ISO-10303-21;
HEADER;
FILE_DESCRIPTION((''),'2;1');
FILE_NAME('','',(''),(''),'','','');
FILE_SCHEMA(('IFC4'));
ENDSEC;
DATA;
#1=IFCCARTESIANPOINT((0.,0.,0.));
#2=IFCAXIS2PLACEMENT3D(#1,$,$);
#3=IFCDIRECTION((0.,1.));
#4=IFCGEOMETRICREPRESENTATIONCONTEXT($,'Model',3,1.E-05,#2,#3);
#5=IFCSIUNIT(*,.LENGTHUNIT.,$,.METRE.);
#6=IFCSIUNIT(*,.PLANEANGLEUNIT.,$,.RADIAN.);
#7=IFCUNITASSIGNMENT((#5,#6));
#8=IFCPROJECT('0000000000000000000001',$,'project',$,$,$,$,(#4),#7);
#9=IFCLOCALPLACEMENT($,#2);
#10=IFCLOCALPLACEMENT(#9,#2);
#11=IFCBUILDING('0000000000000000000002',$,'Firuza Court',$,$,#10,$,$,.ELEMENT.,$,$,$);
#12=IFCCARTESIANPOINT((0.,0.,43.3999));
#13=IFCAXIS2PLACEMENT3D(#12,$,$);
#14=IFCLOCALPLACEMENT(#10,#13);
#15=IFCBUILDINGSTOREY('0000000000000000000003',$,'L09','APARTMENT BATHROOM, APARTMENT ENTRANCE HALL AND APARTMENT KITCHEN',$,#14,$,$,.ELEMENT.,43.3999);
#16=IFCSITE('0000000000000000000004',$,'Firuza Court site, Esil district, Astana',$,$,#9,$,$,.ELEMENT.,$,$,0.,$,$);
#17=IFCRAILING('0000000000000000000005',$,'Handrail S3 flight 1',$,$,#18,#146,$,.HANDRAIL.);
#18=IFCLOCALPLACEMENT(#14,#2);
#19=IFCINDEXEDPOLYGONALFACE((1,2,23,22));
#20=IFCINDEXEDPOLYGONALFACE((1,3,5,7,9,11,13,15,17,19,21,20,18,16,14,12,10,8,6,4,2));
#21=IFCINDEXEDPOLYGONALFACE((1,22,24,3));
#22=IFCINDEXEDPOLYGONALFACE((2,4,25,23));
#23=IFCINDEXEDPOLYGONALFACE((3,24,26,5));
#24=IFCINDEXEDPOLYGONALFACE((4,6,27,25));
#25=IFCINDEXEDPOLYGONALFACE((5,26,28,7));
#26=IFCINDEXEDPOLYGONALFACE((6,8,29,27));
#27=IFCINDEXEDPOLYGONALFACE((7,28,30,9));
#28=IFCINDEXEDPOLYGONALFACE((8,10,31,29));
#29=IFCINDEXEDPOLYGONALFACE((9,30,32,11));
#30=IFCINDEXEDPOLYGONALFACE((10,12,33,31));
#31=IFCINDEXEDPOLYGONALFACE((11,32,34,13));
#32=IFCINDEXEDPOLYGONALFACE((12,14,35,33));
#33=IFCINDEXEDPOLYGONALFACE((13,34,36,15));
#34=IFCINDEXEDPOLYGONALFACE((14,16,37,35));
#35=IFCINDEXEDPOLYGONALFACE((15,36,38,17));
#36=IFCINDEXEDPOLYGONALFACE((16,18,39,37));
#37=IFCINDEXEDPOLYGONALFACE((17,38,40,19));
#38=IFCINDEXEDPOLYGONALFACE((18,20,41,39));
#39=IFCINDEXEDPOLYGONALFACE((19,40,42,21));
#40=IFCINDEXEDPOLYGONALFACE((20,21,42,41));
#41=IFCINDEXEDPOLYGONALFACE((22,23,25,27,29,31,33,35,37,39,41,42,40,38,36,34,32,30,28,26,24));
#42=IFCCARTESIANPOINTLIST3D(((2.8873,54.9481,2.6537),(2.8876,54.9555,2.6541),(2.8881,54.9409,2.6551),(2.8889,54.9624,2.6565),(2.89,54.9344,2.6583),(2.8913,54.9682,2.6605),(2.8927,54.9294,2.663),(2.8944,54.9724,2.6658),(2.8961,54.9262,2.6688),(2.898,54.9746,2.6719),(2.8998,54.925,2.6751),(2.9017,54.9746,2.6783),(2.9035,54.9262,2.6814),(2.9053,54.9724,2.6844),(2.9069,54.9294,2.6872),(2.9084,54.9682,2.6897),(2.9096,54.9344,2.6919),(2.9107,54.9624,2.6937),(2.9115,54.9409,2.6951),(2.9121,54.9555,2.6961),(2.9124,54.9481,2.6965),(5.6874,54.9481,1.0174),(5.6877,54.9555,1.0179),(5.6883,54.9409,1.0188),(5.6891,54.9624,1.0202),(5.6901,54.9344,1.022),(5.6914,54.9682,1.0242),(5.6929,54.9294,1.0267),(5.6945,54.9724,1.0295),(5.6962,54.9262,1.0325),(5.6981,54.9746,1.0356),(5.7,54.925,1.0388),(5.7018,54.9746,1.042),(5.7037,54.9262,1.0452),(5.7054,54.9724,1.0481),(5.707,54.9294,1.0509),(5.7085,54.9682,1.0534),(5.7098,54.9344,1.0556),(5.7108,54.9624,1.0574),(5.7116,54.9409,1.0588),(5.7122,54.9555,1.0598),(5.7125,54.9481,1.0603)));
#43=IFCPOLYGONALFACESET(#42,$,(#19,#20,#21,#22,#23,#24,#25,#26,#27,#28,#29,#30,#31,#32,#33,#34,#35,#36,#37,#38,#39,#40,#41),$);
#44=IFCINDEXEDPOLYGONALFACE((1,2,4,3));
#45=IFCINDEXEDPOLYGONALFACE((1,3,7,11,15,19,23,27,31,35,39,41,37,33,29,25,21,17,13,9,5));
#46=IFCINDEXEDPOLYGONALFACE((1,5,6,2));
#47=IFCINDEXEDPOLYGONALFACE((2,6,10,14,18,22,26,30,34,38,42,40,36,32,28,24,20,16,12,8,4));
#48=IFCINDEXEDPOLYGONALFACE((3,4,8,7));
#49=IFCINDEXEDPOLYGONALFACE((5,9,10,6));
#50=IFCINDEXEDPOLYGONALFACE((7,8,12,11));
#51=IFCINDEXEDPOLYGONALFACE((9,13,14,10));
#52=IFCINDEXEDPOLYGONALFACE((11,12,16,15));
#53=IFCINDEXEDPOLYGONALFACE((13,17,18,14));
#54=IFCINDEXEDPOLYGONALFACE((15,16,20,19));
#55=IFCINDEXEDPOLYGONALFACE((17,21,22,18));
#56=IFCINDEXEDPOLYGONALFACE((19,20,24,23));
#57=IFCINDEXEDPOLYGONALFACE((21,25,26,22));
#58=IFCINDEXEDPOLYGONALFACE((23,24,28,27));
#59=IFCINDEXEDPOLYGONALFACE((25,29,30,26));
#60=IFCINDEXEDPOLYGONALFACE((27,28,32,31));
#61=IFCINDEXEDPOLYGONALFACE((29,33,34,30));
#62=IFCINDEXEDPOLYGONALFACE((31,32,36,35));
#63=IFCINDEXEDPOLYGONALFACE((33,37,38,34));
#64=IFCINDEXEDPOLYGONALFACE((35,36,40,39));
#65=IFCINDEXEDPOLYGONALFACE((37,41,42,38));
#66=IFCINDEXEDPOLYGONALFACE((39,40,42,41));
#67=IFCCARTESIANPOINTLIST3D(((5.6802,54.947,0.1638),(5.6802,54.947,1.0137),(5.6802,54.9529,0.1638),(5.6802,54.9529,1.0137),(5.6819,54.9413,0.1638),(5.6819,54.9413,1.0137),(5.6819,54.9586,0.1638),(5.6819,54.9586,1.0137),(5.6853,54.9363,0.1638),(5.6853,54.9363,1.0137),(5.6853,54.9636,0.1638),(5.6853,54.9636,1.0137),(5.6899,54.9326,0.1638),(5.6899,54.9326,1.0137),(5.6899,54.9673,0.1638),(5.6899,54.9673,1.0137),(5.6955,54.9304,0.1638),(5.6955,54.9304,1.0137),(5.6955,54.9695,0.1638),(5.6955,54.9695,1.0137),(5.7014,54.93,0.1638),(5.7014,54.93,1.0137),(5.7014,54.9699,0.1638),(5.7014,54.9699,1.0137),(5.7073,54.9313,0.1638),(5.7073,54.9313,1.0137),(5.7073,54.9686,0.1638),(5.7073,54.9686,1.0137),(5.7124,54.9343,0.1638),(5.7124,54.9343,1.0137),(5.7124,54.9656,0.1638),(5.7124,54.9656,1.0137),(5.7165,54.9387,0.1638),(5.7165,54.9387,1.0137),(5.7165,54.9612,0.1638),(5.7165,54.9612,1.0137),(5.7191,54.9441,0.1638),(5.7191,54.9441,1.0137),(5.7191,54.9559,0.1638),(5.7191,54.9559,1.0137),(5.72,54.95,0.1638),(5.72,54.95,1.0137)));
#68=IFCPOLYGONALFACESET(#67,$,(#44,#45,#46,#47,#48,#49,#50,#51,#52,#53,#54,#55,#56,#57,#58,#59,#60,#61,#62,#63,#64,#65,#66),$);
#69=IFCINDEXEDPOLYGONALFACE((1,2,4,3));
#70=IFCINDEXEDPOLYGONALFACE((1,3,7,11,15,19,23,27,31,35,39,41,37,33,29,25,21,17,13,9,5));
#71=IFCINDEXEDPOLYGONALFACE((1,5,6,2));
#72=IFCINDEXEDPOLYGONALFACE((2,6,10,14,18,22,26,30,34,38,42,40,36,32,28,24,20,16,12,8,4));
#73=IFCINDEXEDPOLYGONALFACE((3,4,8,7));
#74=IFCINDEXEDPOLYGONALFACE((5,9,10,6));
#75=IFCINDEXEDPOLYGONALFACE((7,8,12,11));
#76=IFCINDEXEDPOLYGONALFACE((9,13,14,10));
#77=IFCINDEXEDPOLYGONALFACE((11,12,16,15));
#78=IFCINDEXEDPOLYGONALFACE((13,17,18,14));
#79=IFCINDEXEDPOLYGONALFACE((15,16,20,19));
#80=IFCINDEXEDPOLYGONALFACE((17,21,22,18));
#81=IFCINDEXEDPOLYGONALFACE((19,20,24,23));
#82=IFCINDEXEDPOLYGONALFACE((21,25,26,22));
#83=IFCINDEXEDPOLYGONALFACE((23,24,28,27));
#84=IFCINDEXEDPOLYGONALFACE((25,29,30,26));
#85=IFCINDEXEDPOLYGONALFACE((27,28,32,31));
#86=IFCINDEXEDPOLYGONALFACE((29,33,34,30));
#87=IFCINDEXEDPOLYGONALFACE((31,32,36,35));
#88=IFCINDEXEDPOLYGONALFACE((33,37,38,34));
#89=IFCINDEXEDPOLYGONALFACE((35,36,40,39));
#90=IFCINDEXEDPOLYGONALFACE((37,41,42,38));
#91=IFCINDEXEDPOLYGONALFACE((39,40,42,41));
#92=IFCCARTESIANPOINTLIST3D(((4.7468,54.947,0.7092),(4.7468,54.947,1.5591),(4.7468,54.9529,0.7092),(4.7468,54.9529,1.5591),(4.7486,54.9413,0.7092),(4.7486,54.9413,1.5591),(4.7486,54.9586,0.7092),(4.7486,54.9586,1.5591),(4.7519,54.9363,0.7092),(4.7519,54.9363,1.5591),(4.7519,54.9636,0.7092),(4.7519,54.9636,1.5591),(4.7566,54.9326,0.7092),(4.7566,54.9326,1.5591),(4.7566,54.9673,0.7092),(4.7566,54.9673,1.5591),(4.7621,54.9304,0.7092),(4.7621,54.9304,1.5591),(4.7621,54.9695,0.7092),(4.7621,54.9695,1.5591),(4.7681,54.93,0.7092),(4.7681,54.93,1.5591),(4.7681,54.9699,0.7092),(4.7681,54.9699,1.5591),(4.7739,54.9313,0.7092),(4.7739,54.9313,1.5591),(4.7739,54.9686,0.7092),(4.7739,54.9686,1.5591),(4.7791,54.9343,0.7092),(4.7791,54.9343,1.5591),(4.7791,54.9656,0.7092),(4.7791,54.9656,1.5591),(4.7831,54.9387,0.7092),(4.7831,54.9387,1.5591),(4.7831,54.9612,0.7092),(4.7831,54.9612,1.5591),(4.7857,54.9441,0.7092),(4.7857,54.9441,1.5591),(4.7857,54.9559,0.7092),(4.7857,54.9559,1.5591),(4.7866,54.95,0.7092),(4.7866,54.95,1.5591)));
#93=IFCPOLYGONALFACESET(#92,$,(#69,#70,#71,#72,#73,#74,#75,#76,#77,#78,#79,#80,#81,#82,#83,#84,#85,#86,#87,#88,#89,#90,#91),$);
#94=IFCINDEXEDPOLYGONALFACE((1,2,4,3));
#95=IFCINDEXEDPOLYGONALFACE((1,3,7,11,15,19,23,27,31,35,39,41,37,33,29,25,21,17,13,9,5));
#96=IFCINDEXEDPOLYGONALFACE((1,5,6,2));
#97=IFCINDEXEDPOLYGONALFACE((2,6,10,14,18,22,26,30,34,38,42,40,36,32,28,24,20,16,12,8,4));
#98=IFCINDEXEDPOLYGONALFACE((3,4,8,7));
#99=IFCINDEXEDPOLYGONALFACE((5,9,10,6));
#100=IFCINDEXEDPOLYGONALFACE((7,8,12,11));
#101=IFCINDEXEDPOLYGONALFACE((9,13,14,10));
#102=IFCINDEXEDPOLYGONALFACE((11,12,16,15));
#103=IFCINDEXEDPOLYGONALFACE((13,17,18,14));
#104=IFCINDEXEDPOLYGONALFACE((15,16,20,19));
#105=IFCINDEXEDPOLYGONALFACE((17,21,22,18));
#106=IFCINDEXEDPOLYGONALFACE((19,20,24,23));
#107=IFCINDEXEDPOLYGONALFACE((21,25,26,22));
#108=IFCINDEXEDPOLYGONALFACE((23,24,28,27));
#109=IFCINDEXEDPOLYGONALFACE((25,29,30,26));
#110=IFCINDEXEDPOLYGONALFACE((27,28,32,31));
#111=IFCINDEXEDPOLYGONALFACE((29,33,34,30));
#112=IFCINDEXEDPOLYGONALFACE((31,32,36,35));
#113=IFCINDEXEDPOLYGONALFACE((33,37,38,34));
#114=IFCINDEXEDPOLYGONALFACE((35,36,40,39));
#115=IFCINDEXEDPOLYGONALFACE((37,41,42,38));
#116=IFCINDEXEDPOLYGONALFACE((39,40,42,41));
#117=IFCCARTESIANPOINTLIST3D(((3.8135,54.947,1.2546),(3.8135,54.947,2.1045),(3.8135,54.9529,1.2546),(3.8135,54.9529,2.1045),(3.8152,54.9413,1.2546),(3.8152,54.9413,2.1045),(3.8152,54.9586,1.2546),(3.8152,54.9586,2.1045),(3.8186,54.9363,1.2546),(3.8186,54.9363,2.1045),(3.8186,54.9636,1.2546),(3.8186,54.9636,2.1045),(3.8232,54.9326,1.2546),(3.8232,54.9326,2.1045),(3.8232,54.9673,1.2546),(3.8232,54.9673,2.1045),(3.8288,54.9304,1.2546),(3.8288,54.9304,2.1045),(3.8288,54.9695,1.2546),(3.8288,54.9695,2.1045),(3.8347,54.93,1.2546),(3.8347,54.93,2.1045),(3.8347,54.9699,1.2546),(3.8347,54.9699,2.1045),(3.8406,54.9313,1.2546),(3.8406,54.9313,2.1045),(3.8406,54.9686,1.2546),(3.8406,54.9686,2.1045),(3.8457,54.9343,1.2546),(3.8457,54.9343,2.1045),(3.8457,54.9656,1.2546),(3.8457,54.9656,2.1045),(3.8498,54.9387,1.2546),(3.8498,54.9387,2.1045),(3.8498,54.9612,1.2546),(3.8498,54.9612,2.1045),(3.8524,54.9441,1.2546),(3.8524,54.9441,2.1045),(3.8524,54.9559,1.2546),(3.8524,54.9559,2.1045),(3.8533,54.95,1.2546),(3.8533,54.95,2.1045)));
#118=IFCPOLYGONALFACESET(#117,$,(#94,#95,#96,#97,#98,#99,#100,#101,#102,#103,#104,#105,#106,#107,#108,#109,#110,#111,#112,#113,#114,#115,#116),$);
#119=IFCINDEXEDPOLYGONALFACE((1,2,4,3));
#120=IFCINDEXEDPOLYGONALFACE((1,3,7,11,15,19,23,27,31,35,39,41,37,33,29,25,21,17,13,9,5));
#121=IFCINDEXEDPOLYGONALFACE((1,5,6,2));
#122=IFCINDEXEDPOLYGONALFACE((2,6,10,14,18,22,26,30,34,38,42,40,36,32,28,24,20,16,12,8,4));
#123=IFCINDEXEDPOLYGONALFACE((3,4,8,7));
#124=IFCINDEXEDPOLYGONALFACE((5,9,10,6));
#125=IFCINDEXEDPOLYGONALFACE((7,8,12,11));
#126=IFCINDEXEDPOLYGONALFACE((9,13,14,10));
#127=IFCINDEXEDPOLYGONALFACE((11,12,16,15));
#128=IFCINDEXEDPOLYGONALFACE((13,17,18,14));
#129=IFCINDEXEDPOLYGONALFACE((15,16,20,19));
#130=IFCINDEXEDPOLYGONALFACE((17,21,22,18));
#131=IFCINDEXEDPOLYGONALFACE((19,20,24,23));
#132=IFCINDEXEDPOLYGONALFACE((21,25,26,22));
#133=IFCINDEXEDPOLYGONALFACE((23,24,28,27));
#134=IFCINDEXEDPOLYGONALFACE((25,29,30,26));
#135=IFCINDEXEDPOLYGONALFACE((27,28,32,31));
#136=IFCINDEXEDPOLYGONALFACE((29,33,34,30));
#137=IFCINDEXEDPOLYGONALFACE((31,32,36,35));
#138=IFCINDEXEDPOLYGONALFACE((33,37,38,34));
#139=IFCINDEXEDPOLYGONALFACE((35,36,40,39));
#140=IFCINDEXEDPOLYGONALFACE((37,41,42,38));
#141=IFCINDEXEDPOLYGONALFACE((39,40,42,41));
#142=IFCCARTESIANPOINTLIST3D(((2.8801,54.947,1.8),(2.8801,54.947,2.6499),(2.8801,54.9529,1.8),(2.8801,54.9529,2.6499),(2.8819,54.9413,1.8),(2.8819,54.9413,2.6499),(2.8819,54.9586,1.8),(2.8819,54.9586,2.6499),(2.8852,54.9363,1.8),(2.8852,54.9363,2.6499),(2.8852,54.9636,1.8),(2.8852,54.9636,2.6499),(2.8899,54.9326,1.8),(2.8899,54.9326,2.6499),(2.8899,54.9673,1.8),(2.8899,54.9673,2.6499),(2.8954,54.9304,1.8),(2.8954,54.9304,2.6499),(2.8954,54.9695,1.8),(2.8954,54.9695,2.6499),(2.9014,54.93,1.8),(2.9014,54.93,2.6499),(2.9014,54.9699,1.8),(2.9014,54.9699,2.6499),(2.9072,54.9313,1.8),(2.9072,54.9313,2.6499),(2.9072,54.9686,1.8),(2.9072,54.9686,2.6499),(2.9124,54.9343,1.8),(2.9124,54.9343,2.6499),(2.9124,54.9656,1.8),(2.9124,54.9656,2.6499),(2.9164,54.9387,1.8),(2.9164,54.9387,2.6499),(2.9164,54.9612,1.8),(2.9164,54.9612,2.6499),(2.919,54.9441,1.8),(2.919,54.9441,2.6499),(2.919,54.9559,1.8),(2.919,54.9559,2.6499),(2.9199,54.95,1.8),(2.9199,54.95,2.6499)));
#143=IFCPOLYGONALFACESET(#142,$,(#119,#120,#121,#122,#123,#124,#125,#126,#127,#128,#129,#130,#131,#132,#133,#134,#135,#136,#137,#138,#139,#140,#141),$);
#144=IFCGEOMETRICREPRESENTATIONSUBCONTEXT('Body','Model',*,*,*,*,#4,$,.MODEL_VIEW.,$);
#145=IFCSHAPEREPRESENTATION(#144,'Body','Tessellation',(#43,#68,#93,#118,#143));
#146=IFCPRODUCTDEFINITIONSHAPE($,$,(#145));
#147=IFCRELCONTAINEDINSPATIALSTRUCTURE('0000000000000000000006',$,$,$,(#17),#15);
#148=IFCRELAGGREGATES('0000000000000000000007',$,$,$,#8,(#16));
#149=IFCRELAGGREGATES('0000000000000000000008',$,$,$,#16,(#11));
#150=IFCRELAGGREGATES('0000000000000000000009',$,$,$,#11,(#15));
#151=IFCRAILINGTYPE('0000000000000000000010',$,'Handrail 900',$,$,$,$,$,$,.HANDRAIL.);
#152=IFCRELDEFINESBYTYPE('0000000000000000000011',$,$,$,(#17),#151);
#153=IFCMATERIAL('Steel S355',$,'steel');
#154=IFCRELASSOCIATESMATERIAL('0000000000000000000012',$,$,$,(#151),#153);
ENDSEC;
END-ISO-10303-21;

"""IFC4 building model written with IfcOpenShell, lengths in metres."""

from ifc_helpers import new_model, si_unit, direction, frame, origin, origin_2d, place, context, subcontext, project, spatial, circle, extrude, material, type_object, element, save


model = new_model("IFC4")

# Units and contexts
model_context = context("Model", 3, precision=1e-05, world=origin(), true_north=direction((0.0, 1.0)))
body_context = subcontext(model_context, "Body", "Model", "MODEL_VIEW")
ifc_project = project(units=[si_unit("LENGTHUNIT", "METRE"), si_unit("PLANEANGLEUNIT", "RADIAN")], contexts=[model_context])

# Site, building, storey
site_placement = place(None, origin())
site = spatial("IfcSite", under=ifc_project, at=site_placement, Name="Firuza Court site, Esil district, Astana", CompositionType="ELEMENT", RefElevation=0.0)
building_placement = place(site_placement, origin())
building = spatial("IfcBuilding", under=site, at=building_placement, Name="Firuza Court", CompositionType="ELEMENT")
storey_placement = place(building_placement, frame((0.0, 0.0, 43.3999)))
storey = spatial("IfcBuildingStorey", under=building, at=storey_placement, Name="L09", Description="APARTMENT BATHROOM, APARTMENT ENTRANCE HALL AND APARTMENT KITCHEN", CompositionType="ELEMENT", Elevation=43.3999)

# Railing
ifc_material_1 = material(Name="Steel S355", Category="steel")
railing_type_1 = type_object("IfcRailingType", Name="Handrail 900", PredefinedType="HANDRAIL", material=ifc_material_1)
railing_1_placement = place(storey_placement, frame((5.7, 54.95, 0.1638)))
element("IfcRailing", 1, at=railing_1_placement, inside=storey, type_object=railing_type_1, Name="Handrail S3 flight 1", PredefinedType="HANDRAIL", context=body_context, shape_type="SweptSolid", body=[
    extrude(circle(Radius=0.0249, at=origin_2d()), frame((0.0, 0.0, 0.875), z_axis=(-0.863394, 0.0, 0.504531), x_axis=(0.0, -1.0, 0.0)), (0.0, 0.0, 1.0), 3.2432),
    extrude(circle(Radius=0.02, at=origin_2d()), origin(), (0.0, 0.0, 1.0), 0.8499),
    extrude(circle(Radius=0.02, at=origin_2d()), frame((-0.9333, 0.0, 0.5454)), (0.0, 0.0, 1.0), 0.8499),
    extrude(circle(Radius=0.02, at=origin_2d()), frame((-1.8667, 0.0, 1.0908)), (0.0, 0.0, 1.0), 0.8499),
    extrude(circle(Radius=0.02, at=origin_2d()), frame((-2.8, 0.0, 1.6362)), (0.0, 0.0, 1.0), 0.8499),
])

save(model, "model.ifc")
